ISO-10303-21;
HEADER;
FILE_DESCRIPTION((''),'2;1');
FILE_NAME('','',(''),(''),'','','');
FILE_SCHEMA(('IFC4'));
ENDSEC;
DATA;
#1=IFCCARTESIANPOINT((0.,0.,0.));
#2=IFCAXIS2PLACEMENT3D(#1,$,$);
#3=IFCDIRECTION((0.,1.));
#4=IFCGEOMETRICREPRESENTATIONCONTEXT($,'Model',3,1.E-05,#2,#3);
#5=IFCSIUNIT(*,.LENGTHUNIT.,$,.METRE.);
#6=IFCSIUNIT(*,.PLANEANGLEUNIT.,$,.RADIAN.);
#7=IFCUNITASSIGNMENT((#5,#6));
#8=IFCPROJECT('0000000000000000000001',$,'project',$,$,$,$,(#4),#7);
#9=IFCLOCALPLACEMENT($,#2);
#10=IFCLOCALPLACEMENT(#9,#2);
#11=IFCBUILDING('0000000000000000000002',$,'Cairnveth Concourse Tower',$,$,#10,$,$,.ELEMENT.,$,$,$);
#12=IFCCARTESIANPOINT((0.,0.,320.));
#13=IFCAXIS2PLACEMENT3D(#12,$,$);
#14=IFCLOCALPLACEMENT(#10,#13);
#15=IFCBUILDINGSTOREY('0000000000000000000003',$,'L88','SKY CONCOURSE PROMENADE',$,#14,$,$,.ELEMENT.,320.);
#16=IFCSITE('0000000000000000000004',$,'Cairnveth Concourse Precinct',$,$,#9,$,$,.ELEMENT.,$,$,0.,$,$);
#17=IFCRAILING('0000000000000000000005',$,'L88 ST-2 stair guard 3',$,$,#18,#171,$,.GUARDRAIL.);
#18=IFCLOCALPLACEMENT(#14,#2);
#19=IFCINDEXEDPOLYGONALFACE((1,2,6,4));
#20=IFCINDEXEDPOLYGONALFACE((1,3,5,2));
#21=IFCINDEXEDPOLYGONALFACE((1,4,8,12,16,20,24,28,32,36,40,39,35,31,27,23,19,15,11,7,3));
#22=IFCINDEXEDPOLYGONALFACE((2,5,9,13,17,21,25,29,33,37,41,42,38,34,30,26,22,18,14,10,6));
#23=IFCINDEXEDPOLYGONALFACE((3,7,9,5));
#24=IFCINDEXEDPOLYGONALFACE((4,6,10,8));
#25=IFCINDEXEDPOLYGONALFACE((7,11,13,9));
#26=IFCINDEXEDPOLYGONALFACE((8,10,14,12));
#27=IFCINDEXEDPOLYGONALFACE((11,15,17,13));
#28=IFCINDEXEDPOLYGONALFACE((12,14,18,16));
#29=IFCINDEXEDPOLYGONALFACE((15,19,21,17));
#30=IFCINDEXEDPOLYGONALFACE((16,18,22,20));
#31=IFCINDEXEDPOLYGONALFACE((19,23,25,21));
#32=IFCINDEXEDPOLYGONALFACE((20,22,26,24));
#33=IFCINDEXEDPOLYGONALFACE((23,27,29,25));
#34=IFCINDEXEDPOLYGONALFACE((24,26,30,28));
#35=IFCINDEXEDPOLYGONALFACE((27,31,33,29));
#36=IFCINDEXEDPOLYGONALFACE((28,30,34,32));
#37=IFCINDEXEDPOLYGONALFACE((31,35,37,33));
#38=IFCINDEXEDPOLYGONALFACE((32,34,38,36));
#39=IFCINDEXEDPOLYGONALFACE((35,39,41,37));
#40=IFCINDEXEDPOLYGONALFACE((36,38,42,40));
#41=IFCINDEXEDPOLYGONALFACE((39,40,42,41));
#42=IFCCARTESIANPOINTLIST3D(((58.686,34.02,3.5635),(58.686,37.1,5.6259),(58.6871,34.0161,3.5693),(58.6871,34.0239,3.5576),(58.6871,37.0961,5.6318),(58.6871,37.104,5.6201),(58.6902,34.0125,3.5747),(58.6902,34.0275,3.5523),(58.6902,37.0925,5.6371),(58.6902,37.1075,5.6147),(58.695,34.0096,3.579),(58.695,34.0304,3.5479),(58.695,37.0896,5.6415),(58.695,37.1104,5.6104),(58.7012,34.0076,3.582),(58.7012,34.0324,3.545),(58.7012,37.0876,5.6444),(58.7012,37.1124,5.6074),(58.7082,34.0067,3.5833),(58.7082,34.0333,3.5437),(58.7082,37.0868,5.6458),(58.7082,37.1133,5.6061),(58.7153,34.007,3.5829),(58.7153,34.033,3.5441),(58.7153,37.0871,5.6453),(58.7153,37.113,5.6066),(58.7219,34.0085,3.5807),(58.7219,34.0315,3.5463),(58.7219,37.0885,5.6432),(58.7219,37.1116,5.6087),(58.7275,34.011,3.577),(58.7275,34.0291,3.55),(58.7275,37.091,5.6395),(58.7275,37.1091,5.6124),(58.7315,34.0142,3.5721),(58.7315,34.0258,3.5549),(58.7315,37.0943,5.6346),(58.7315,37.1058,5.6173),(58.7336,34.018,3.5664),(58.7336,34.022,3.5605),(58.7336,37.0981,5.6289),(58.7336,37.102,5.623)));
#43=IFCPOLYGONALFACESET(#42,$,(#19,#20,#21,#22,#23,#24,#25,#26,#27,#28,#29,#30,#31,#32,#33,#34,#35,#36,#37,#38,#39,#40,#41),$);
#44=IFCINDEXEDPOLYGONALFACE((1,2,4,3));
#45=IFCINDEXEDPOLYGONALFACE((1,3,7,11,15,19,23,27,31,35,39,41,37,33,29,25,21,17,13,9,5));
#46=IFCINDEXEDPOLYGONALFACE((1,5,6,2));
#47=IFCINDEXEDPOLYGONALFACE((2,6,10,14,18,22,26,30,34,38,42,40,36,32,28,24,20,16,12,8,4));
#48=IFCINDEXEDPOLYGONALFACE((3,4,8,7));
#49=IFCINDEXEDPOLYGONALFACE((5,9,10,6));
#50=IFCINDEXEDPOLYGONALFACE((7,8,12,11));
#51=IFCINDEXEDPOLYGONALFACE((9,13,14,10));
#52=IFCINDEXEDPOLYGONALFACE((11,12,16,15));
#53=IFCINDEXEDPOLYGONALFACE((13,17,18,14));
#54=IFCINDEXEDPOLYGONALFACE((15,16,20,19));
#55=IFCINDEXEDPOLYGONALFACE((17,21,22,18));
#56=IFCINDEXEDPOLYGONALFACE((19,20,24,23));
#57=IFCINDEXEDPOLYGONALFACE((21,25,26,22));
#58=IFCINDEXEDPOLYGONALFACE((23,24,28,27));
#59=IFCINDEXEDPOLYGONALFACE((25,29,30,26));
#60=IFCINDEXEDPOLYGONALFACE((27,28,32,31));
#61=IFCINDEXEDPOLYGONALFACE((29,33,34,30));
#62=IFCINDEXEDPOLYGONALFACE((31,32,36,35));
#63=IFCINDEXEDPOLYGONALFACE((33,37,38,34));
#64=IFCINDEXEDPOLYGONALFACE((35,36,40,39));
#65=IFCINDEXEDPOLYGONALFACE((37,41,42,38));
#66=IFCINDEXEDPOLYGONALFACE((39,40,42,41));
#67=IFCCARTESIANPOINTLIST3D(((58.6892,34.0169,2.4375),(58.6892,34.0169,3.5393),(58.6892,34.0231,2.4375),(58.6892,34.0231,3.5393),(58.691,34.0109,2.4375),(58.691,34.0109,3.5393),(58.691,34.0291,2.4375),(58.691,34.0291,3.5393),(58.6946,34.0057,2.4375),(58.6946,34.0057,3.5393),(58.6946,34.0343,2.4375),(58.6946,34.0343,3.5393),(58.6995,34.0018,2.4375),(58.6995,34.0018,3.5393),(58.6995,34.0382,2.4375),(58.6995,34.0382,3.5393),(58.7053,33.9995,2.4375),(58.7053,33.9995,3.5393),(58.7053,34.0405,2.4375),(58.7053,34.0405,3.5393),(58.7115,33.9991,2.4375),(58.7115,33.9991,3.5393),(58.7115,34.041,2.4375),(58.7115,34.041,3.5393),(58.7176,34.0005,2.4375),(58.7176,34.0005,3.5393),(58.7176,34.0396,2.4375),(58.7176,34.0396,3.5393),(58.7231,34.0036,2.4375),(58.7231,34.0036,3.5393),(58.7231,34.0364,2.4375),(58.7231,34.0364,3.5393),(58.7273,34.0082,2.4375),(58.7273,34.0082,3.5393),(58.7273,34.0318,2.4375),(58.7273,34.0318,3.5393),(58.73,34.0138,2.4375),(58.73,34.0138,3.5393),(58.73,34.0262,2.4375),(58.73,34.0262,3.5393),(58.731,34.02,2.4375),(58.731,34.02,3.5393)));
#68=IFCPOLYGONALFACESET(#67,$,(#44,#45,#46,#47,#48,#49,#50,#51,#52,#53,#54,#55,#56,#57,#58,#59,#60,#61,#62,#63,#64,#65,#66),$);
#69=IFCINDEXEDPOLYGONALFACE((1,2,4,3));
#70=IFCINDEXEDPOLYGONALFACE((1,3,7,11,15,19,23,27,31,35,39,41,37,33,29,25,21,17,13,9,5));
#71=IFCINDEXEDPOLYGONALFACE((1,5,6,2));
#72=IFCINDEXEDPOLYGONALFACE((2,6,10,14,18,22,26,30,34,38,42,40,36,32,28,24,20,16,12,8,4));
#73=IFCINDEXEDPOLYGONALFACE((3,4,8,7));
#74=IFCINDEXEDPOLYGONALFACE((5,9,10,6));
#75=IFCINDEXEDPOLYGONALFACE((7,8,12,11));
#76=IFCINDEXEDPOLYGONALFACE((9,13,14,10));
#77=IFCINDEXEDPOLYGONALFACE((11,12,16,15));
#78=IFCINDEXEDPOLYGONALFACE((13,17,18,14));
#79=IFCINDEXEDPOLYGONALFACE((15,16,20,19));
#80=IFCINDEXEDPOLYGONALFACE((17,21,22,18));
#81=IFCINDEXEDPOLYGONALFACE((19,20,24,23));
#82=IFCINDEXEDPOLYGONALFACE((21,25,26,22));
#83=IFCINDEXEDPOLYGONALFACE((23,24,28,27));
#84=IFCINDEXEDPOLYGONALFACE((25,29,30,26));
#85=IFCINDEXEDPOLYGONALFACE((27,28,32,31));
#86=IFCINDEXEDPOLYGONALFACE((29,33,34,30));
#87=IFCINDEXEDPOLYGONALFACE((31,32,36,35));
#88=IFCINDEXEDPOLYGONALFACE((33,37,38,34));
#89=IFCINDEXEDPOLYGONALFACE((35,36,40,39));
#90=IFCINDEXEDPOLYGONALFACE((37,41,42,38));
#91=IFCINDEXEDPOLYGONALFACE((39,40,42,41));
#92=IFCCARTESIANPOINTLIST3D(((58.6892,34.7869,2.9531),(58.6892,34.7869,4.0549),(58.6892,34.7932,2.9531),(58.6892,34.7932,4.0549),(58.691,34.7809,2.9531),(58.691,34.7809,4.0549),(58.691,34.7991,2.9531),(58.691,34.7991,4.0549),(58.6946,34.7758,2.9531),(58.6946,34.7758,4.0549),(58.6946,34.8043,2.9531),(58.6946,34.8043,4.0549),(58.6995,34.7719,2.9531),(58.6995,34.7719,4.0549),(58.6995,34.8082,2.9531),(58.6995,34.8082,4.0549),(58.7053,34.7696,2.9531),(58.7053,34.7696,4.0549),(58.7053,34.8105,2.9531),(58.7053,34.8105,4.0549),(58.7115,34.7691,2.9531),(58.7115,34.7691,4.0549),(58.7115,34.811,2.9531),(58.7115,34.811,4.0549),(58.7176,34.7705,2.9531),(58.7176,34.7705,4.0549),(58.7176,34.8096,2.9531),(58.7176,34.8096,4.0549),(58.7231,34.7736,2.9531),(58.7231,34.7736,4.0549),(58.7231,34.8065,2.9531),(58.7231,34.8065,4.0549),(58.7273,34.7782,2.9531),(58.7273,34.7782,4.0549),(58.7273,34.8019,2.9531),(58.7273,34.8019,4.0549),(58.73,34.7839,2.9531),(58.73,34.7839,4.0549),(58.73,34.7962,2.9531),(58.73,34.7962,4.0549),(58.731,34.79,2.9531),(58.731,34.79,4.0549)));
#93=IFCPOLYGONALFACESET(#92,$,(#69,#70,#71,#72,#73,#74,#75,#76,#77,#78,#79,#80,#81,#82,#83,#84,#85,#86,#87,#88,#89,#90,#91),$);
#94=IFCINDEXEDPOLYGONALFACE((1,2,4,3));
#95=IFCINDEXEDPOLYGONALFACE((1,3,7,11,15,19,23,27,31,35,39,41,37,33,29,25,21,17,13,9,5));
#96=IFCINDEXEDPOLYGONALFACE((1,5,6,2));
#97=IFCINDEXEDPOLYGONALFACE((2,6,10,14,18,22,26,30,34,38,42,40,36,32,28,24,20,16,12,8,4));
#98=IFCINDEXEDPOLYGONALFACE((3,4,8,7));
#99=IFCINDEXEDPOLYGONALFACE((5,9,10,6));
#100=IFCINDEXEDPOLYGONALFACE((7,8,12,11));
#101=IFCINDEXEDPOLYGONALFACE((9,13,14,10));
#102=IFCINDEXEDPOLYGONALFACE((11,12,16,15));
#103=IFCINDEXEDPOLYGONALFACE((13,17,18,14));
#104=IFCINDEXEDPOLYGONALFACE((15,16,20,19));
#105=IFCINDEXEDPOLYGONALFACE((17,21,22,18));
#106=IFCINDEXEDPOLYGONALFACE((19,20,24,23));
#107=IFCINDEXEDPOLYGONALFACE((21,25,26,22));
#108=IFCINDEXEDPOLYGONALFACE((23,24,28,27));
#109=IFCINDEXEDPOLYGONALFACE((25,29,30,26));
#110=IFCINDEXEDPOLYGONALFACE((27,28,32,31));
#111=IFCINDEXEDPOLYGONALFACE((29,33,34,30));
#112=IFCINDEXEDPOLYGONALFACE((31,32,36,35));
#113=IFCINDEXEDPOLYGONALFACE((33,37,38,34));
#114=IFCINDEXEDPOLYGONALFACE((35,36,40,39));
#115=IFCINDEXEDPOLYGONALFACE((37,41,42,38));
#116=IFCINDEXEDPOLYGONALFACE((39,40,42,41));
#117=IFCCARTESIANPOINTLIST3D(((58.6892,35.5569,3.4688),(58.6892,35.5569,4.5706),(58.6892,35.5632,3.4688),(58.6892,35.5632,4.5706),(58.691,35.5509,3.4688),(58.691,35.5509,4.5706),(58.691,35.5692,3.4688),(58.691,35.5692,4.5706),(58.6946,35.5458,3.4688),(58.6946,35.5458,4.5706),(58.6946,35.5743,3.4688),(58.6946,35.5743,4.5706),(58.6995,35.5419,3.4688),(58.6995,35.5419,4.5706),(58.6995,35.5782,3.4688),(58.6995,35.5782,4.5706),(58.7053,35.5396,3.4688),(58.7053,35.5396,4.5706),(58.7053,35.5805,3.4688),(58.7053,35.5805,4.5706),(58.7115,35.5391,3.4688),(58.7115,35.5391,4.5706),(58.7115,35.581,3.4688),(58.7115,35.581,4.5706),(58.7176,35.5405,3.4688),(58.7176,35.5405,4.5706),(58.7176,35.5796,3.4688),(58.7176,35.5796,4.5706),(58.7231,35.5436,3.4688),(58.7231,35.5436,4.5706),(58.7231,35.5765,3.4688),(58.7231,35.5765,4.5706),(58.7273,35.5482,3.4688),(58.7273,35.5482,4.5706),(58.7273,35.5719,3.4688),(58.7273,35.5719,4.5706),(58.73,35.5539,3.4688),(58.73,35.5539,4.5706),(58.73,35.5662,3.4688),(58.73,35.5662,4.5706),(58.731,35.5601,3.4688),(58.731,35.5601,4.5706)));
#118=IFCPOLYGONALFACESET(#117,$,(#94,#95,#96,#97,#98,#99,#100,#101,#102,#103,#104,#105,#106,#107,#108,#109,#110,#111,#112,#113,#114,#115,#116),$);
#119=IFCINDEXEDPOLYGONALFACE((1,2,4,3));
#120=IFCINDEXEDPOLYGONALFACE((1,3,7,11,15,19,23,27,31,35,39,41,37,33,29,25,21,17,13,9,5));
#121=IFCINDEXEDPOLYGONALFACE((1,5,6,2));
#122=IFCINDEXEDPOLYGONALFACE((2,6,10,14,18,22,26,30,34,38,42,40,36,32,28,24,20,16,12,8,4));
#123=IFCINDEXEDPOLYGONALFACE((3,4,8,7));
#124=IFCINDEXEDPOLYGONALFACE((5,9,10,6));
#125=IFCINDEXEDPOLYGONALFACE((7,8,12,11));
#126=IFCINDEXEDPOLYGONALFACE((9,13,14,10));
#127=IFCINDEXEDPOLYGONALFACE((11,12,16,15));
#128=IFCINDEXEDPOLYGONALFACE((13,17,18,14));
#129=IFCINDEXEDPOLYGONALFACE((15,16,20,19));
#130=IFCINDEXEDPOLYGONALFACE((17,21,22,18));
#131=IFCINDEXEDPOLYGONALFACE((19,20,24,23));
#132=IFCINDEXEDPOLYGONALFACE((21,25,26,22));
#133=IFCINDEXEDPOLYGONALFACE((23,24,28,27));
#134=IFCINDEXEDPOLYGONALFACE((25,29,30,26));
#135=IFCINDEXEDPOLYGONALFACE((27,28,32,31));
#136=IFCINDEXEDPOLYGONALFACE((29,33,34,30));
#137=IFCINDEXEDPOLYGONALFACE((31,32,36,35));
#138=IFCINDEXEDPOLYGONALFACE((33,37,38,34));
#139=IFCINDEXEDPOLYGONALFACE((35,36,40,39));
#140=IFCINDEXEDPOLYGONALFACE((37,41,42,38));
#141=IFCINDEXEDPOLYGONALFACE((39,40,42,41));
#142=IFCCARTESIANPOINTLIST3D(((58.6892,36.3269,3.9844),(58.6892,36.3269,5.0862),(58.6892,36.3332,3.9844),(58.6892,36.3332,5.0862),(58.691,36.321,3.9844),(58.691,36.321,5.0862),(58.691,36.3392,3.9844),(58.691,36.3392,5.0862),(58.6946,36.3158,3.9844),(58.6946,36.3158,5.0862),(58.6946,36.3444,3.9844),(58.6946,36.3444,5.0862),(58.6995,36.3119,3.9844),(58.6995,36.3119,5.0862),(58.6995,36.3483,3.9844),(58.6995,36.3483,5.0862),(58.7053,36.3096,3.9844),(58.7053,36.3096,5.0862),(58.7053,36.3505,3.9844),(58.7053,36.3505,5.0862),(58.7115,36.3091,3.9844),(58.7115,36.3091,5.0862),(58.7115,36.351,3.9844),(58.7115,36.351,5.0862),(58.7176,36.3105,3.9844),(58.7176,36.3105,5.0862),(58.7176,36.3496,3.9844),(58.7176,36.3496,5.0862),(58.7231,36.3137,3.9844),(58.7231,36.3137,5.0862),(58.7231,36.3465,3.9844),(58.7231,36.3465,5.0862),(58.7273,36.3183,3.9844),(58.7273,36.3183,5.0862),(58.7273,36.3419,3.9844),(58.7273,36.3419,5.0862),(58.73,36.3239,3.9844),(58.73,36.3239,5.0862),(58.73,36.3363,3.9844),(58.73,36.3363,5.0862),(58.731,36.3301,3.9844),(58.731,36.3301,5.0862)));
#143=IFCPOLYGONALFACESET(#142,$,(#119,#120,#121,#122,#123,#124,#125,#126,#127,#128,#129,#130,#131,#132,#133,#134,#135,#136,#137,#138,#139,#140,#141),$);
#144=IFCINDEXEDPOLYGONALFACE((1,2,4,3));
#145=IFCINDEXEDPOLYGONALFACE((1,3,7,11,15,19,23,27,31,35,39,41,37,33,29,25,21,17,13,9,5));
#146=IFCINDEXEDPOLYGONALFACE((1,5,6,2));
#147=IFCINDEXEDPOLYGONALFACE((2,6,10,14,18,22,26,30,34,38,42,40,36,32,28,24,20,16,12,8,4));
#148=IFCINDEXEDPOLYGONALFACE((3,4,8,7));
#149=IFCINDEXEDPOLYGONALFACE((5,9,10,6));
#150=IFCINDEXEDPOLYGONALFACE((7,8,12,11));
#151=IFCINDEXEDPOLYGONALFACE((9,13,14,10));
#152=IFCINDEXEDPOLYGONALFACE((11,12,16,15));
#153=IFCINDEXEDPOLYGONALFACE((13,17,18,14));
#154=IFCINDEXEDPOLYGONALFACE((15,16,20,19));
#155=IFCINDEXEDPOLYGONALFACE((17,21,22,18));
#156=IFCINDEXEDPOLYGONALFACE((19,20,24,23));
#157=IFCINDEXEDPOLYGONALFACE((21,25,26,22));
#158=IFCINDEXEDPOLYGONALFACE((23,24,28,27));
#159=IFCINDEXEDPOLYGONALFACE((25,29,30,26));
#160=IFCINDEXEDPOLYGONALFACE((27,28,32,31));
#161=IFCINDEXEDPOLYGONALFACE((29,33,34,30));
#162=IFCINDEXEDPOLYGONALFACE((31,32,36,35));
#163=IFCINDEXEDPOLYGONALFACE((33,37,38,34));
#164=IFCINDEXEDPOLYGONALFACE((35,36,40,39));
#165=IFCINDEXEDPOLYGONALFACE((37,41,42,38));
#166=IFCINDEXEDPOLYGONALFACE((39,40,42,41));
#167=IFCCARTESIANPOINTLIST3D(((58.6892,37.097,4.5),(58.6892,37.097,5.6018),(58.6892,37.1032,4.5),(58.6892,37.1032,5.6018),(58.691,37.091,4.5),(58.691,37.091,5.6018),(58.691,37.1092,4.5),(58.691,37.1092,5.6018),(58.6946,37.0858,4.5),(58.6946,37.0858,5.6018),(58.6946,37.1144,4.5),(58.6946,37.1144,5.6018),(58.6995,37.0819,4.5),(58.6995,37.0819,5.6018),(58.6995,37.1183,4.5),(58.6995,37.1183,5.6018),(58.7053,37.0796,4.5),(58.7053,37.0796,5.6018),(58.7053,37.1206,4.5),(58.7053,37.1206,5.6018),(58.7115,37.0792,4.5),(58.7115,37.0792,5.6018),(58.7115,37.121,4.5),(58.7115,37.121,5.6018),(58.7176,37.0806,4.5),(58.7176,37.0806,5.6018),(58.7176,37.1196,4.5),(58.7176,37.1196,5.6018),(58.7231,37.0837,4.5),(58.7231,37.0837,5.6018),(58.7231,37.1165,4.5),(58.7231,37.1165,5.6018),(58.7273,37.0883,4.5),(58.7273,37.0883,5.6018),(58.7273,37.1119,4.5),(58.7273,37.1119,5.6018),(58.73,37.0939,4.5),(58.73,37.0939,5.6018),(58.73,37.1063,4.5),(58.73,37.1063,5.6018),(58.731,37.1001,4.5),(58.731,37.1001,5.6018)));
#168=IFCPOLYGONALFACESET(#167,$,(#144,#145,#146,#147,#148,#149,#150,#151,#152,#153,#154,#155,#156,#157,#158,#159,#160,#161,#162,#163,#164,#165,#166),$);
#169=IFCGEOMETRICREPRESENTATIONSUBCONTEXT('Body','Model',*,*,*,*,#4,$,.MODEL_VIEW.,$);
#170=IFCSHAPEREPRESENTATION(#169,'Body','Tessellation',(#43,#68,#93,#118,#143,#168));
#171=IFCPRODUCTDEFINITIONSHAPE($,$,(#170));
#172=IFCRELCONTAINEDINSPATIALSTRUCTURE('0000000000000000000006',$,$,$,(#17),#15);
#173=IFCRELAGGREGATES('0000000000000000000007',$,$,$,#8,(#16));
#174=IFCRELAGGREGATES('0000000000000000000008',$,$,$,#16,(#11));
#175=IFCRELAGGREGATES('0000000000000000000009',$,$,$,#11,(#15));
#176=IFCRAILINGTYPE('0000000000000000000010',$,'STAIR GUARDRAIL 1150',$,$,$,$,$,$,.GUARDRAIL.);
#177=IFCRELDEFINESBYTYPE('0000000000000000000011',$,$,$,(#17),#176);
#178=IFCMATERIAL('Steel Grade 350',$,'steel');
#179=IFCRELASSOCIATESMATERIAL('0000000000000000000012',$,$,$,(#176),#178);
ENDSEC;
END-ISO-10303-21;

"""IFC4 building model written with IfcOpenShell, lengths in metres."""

from ifc_helpers import new_model, si_unit, direction, frame, origin, origin_2d, place, context, subcontext, project, spatial, circle, extrude, material, type_object, element, save


model = new_model("IFC4")

# Units and contexts
model_context = context("Model", 3, precision=1e-05, world=origin(), true_north=direction((0.0, 1.0)))
body_context = subcontext(model_context, "Body", "Model", "MODEL_VIEW")
ifc_project = project(units=[si_unit("LENGTHUNIT", "METRE"), si_unit("PLANEANGLEUNIT", "RADIAN")], contexts=[model_context])

# Site, building, storey
site_placement = place(None, origin())
site = spatial("IfcSite", under=ifc_project, at=site_placement, Name="Cairnveth Concourse Precinct", CompositionType="ELEMENT", RefElevation=0.0)
building_placement = place(site_placement, origin())
building = spatial("IfcBuilding", under=site, at=building_placement, Name="Cairnveth Concourse Tower", CompositionType="ELEMENT")
storey_placement = place(building_placement, frame((0.0, 0.0, 320.0)))
storey = spatial("IfcBuildingStorey", under=building, at=storey_placement, Name="L88", Description="SKY CONCOURSE PROMENADE", CompositionType="ELEMENT", Elevation=320.0)

# Shared definitions
ifc_material_1 = material(Name="Steel Grade 350", Category="steel")

# Railing
railing_type_1 = type_object("IfcRailingType", Name="STAIR GUARDRAIL 1150", PredefinedType="GUARDRAIL", material=ifc_material_1)
railing_1_placement = place(storey_placement, frame((58.71, 34.02, 2.4375)))
element("IfcRailing", 1, at=railing_1_placement, inside=storey, type_object=railing_type_1, Name="L88 ST-2 stair guard 3", PredefinedType="GUARDRAIL", context=body_context, shape_type="SweptSolid", body=[
    extrude(circle(Radius=0.0239, at=origin_2d()), frame((0.0, 0.0, 1.126), z_axis=(0.0, 0.830914, 0.556401), x_axis=(-1.0, 0.0, 0.0)), (0.0, 0.0, 1.0), 3.7068),
    extrude(circle(Radius=0.021, at=origin_2d()), origin(), (0.0, 0.0, 1.0), 1.1018),
    extrude(circle(Radius=0.021, at=origin_2d()), frame((0.0, 0.77, 0.5156)), (0.0, 0.0, 1.0), 1.1018),
    extrude(circle(Radius=0.021, at=origin_2d()), frame((0.0, 1.54, 1.0312)), (0.0, 0.0, 1.0), 1.1018),
    extrude(circle(Radius=0.021, at=origin_2d()), frame((0.0, 2.3101, 1.5469)), (0.0, 0.0, 1.0), 1.1018),
    extrude(circle(Radius=0.021, at=origin_2d()), frame((0.0, 3.0801, 2.0625)), (0.0, 0.0, 1.0), 1.1018),
])

save(model, "model.ifc")
